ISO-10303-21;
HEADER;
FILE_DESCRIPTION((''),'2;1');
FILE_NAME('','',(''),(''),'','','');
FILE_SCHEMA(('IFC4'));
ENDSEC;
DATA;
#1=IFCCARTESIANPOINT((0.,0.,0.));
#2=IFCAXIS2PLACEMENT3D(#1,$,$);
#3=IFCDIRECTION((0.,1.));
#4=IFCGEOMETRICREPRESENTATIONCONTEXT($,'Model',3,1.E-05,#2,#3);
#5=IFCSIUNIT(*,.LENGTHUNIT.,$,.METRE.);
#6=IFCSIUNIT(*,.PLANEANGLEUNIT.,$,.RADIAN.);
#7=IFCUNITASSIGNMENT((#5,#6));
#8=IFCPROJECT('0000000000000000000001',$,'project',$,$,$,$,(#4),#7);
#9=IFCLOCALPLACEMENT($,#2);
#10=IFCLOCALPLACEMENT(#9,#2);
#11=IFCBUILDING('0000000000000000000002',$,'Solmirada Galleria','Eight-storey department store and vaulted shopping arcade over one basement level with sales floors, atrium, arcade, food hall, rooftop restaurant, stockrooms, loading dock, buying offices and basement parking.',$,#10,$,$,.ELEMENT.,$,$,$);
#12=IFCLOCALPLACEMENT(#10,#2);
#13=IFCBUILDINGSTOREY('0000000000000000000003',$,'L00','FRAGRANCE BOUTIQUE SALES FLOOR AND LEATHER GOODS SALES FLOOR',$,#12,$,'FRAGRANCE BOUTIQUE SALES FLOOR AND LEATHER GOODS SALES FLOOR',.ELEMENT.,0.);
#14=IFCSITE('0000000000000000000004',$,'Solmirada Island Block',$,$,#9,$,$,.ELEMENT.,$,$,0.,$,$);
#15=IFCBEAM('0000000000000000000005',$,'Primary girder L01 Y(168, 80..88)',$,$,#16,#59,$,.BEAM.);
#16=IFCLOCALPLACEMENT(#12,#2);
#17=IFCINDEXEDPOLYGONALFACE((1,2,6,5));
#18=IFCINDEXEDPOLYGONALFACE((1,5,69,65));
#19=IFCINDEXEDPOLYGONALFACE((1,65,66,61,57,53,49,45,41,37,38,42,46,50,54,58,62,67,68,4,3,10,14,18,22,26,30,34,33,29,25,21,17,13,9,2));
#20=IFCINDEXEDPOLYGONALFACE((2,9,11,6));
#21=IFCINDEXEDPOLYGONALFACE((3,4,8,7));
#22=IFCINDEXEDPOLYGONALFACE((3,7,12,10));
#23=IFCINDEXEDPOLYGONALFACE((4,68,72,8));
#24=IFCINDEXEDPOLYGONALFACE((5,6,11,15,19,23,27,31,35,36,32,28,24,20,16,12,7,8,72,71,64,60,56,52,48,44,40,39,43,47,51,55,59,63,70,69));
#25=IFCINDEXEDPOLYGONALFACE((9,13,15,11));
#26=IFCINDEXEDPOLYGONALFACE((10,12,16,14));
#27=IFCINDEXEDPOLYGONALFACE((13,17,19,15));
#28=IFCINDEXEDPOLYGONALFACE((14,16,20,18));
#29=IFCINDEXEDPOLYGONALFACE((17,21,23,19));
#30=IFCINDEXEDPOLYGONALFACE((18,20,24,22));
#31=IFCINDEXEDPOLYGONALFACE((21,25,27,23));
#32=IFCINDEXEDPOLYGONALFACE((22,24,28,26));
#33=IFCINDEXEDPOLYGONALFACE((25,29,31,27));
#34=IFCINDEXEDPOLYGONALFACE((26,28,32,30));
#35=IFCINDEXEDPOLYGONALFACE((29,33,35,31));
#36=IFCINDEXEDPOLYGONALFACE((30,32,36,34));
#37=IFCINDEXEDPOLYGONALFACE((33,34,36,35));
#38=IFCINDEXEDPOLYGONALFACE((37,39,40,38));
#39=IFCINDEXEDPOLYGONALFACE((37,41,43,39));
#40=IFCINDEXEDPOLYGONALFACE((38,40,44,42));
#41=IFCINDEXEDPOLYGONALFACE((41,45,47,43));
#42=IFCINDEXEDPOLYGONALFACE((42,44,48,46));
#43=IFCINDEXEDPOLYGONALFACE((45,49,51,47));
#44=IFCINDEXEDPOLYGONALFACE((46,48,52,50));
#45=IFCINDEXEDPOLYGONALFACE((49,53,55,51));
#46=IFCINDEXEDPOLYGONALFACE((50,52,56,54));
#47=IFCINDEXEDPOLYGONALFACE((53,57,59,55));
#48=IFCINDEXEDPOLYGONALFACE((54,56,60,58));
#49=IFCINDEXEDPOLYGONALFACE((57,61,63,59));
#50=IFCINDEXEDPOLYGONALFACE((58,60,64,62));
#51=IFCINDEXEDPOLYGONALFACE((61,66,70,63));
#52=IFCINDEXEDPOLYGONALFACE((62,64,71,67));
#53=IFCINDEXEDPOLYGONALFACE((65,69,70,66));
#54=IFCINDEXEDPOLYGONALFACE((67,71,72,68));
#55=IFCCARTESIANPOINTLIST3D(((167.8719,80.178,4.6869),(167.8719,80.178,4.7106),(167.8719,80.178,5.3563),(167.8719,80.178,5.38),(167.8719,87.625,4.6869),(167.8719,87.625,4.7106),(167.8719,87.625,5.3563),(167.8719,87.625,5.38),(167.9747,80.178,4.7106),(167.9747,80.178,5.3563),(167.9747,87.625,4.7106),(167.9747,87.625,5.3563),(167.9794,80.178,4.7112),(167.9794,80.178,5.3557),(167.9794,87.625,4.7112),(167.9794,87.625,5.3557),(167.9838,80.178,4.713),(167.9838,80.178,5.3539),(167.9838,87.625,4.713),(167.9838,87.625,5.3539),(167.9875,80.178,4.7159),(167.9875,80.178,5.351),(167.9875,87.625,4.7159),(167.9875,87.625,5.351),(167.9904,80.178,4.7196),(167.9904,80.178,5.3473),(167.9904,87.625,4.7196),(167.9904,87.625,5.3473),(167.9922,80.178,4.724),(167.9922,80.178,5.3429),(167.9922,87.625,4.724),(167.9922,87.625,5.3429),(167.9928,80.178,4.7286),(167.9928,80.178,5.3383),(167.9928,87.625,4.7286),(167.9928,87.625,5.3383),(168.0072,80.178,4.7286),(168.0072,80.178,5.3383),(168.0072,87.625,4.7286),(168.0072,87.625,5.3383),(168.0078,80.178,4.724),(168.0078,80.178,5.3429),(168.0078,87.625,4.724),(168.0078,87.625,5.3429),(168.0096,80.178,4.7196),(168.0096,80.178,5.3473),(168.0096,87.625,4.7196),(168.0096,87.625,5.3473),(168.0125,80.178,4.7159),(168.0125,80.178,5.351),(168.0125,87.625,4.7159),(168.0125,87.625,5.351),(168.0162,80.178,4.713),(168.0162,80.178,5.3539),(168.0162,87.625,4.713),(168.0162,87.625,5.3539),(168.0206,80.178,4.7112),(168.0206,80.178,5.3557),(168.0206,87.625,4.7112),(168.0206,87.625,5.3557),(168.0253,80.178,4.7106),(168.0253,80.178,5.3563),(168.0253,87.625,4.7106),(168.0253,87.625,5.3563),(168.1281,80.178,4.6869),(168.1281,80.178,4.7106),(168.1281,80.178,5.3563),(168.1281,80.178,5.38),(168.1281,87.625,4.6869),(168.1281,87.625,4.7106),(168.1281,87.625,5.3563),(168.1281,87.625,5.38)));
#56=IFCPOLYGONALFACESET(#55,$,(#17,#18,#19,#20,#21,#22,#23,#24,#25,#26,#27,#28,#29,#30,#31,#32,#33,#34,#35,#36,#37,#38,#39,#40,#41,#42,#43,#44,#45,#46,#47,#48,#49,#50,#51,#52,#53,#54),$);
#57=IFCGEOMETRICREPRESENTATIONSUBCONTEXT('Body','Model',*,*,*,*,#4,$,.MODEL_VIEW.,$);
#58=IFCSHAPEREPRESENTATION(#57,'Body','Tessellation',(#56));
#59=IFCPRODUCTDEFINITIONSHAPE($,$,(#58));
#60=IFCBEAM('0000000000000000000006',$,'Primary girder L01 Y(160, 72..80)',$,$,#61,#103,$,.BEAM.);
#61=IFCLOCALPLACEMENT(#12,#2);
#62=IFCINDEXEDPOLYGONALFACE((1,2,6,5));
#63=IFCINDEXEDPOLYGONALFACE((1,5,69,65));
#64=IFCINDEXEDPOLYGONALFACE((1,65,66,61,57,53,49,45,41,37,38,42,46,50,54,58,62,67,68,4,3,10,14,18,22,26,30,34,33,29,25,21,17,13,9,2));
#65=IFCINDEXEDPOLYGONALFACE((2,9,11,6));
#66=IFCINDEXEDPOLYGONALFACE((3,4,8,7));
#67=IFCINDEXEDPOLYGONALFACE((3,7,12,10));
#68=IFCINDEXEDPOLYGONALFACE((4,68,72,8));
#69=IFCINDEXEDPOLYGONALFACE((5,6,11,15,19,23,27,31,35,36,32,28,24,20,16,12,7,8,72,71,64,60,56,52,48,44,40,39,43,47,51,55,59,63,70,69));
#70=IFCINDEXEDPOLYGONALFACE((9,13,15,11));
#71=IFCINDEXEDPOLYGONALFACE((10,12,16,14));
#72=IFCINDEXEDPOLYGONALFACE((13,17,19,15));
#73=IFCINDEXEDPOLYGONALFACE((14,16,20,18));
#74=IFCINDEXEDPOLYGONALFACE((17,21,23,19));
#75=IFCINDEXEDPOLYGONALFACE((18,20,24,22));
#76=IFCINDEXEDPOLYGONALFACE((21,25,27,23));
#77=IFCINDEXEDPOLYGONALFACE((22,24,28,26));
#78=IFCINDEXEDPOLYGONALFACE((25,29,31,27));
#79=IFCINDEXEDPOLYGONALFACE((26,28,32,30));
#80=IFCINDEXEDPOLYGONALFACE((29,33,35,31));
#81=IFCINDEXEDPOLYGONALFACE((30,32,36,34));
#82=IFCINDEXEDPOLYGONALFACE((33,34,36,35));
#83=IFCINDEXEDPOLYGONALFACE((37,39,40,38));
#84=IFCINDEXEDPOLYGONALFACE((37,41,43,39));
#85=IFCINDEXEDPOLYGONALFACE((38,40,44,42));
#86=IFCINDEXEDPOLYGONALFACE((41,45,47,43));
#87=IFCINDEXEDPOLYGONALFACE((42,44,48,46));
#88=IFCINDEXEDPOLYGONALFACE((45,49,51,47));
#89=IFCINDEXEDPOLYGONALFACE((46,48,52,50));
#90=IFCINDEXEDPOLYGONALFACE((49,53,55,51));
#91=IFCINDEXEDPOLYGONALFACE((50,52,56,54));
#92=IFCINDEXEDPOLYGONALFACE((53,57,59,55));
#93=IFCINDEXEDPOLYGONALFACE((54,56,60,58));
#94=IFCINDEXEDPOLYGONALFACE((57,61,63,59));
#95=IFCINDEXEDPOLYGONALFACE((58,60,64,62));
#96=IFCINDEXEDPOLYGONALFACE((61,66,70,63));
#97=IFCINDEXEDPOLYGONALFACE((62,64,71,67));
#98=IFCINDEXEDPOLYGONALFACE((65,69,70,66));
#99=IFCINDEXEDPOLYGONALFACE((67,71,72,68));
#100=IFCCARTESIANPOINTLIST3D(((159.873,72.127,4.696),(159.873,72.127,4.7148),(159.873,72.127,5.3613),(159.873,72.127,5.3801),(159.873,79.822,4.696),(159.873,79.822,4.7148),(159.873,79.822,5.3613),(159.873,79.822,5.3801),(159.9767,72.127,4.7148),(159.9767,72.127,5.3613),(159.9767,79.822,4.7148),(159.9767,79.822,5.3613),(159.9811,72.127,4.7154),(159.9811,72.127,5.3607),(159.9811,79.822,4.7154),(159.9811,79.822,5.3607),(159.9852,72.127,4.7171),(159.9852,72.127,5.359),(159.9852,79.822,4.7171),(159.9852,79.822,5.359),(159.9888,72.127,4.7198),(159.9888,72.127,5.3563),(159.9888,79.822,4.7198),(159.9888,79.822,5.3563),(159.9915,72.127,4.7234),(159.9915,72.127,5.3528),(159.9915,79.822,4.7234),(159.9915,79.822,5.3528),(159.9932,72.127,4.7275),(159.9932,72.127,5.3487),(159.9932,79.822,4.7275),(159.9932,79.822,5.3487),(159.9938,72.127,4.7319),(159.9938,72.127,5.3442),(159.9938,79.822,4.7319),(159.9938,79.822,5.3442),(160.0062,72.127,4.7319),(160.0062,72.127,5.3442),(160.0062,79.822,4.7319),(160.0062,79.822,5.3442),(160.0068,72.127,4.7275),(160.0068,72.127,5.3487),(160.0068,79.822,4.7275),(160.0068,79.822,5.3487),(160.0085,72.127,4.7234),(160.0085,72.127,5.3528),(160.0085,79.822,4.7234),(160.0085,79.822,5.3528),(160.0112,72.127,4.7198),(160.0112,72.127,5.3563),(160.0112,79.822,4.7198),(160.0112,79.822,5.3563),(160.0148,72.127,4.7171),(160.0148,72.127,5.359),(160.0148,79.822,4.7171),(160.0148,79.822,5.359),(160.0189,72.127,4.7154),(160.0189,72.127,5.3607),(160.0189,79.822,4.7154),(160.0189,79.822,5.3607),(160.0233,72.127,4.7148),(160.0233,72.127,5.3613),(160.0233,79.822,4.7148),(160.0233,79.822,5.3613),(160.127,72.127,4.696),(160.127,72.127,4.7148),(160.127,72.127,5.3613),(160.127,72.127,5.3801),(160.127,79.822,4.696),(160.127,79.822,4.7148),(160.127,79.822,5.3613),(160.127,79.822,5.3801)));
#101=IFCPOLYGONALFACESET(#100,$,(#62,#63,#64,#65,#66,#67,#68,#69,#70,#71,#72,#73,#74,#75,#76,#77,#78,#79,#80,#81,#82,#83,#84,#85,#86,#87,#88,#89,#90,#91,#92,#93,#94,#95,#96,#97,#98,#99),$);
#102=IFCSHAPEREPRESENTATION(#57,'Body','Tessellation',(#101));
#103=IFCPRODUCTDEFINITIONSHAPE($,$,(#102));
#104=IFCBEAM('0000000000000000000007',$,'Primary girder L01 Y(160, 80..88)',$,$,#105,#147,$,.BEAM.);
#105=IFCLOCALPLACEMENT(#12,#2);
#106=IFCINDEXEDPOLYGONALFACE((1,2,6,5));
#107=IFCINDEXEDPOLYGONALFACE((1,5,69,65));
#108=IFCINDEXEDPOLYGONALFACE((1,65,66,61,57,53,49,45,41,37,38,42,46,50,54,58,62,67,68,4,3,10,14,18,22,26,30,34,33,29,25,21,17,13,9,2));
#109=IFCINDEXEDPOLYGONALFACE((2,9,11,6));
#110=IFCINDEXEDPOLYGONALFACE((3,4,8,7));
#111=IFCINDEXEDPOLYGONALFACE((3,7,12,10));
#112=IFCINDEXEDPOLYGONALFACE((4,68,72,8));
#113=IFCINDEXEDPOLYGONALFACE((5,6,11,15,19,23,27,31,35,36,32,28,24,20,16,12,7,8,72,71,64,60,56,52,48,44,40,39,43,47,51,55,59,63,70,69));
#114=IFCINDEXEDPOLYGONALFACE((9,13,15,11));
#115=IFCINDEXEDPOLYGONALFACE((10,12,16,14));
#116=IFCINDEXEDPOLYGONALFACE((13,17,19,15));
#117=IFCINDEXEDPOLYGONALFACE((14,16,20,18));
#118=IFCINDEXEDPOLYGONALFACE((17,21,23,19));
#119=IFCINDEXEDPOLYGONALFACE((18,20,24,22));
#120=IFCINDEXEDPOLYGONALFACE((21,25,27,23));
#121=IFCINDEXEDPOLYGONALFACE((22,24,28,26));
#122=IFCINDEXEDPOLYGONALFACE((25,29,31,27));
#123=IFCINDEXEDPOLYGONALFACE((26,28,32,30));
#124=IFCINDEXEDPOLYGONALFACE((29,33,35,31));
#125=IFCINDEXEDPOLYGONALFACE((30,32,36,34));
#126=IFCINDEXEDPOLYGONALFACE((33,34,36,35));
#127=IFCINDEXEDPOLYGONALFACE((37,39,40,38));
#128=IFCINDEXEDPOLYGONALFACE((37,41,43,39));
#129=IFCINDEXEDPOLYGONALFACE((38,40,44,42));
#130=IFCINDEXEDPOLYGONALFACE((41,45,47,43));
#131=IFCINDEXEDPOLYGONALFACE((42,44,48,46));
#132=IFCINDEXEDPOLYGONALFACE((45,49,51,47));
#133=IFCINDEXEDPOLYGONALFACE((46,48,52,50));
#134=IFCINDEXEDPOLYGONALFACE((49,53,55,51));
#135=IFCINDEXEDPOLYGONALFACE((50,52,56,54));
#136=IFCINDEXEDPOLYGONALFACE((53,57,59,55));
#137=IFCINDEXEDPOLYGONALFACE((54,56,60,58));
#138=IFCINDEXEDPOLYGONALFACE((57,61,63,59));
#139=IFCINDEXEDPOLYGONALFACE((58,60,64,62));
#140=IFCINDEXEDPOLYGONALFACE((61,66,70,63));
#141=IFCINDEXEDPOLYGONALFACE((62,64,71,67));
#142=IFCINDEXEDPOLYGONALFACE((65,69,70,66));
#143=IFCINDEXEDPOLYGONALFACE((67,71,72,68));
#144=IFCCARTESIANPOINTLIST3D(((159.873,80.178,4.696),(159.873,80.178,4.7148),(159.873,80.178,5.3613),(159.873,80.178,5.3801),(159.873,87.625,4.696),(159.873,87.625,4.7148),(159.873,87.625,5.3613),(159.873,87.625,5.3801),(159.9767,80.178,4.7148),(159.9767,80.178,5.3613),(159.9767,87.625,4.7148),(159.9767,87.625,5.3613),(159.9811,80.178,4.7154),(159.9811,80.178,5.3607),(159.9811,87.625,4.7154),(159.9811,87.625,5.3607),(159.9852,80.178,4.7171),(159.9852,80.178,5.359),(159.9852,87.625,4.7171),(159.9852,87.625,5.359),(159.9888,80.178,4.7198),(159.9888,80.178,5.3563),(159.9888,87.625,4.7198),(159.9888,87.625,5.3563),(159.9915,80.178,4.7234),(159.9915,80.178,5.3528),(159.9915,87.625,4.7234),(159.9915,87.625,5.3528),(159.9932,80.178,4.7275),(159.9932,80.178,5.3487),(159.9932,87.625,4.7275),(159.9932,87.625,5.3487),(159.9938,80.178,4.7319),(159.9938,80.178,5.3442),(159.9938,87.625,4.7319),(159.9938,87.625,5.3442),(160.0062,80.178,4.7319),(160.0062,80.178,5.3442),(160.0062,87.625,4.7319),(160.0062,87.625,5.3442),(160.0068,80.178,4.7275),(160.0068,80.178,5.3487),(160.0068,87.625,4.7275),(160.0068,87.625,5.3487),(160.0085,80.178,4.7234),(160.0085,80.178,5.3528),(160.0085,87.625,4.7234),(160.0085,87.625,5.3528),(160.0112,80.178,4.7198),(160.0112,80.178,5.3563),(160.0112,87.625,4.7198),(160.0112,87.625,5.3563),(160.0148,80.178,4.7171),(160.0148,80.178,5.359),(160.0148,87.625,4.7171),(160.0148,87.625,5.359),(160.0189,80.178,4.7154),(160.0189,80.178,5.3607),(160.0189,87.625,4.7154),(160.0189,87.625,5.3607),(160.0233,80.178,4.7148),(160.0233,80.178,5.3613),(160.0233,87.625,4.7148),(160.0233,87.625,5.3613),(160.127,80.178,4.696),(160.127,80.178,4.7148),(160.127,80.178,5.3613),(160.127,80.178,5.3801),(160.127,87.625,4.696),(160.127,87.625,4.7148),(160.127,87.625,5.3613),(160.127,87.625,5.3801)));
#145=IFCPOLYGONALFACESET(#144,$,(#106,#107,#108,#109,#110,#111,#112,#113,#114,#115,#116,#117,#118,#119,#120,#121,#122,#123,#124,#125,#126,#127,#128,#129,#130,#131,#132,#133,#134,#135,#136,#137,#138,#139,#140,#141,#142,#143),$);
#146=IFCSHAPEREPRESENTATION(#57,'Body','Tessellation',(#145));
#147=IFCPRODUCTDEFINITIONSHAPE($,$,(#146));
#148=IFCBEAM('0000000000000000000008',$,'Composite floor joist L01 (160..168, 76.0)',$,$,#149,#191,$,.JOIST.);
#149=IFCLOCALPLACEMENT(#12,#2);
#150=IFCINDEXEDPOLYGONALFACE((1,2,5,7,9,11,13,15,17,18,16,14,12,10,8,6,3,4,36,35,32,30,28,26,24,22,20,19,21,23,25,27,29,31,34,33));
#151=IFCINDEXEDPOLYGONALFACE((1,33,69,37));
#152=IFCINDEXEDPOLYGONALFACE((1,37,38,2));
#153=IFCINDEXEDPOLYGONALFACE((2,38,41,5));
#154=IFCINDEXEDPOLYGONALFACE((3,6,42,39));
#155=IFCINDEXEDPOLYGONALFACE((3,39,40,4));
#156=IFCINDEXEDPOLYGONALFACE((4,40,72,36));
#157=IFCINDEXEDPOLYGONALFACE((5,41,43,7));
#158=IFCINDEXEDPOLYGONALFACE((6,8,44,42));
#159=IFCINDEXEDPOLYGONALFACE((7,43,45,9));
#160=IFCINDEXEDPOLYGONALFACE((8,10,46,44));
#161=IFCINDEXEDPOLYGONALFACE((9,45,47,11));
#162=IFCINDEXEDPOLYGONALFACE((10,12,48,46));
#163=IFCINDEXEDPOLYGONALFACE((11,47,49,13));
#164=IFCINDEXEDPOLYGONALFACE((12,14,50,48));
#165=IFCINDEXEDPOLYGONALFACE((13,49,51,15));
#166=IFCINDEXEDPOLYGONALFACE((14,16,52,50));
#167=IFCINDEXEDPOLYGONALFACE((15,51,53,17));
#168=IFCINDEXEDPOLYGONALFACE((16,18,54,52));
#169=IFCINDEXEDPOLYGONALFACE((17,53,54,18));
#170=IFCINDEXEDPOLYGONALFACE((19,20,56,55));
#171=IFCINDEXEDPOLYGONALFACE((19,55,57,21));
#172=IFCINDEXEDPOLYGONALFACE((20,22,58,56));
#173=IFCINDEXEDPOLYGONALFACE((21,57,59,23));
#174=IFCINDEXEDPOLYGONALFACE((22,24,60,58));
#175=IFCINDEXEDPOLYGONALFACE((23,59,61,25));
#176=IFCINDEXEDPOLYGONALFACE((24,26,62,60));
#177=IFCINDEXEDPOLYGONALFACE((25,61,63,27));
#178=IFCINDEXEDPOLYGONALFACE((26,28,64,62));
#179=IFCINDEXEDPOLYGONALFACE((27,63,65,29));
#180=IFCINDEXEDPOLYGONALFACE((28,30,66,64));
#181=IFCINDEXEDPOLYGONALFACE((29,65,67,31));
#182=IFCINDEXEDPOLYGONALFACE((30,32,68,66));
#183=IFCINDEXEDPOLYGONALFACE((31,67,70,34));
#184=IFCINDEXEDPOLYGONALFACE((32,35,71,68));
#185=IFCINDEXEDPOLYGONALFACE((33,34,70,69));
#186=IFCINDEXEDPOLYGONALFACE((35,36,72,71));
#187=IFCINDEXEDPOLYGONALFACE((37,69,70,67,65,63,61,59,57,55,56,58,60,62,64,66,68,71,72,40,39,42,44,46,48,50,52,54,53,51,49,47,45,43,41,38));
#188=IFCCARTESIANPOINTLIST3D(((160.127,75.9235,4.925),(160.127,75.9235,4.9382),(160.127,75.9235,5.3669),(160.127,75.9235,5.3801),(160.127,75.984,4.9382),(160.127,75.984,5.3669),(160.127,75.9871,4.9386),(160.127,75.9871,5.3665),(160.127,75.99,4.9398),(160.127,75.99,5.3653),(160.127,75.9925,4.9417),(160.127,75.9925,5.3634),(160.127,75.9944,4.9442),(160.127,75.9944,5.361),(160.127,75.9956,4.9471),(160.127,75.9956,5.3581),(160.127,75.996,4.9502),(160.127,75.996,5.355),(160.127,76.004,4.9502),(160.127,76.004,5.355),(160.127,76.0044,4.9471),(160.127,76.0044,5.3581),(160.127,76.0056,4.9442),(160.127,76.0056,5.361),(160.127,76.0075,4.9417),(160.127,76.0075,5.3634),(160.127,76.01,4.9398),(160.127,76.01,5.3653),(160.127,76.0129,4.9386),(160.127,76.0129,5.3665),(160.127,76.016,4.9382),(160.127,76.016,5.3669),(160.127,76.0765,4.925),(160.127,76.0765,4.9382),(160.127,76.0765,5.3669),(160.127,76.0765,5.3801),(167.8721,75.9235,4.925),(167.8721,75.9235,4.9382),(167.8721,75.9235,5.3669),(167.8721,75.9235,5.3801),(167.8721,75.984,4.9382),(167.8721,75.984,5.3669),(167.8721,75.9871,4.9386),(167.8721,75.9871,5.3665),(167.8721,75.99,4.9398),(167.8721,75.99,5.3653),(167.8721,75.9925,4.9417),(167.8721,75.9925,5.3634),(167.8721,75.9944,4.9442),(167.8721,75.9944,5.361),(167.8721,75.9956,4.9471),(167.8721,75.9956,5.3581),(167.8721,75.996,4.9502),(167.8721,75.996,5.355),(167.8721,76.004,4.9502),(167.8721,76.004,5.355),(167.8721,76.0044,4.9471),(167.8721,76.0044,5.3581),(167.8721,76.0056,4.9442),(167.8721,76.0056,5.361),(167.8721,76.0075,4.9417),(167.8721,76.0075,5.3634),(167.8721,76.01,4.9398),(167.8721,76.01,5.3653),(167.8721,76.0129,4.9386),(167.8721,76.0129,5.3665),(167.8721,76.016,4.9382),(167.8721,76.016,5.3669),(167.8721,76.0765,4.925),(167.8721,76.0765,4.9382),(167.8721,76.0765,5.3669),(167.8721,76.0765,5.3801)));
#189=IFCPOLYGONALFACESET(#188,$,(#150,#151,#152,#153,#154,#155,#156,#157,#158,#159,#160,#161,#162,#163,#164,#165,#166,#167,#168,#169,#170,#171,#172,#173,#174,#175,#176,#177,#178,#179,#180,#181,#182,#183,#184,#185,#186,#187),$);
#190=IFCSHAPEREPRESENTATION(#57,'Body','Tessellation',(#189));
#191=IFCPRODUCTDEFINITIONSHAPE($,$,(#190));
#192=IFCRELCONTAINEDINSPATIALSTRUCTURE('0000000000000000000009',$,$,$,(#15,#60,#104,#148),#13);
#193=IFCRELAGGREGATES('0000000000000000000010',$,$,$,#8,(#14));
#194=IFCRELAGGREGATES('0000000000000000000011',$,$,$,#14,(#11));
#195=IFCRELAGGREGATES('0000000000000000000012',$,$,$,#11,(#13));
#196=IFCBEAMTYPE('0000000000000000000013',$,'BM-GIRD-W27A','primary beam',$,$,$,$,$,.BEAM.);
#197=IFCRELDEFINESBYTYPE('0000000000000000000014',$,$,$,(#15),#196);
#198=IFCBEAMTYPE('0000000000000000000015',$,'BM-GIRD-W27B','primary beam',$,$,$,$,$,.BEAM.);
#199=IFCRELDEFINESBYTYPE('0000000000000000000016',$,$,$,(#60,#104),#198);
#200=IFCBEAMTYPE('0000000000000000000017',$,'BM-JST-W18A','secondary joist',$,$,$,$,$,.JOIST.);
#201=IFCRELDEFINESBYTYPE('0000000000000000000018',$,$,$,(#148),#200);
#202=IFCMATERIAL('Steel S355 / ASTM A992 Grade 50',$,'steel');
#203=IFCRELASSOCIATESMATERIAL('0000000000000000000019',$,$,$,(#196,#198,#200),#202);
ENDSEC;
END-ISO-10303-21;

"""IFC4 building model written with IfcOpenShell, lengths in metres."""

from ifc_helpers import new_model, si_unit, direction, frame, origin, origin_2d, place, context, subcontext, project, spatial, i_section, extrude, material, material_profile, profile_set, type_object, element, save


model = new_model("IFC4")

# Units and contexts
model_context = context("Model", 3, precision=1e-05, world=origin(), true_north=direction((0.0, 1.0)))
body_context = subcontext(model_context, "Body", "Model", "MODEL_VIEW")
ifc_project = project(units=[si_unit("LENGTHUNIT", "METRE"), si_unit("PLANEANGLEUNIT", "RADIAN")], contexts=[model_context])

# Site, building, storey
site_placement = place(None, origin())
site = spatial("IfcSite", under=ifc_project, at=site_placement, Name="Solmirada Island Block", CompositionType="ELEMENT", RefElevation=0.0)
building_placement = place(site_placement, origin())
building = spatial("IfcBuilding", under=site, at=building_placement, Name="Solmirada Galleria", Description="Eight-storey department store and vaulted shopping arcade over one basement level with sales floors, atrium, arcade, food hall, rooftop restaurant, stockrooms, loading dock, buying offices and basement parking.", CompositionType="ELEMENT")
storey_placement = place(building_placement, origin())
storey = spatial("IfcBuildingStorey", under=building, at=storey_placement, Name="L00", Description="FRAGRANCE BOUTIQUE SALES FLOOR AND LEATHER GOODS SALES FLOOR", LongName="FRAGRANCE BOUTIQUE SALES FLOOR AND LEATHER GOODS SALES FLOOR", CompositionType="ELEMENT", Elevation=0.0)

# Beams
ifc_material_1 = material(Name="Steel S355 / ASTM A992 Grade 50", Category="steel")
ifc_material_profile_1 = material_profile(ifc_material_1, i_section(OverallWidth=0.2561, OverallDepth=0.6931, WebThickness=0.0144, FlangeThickness=0.0237, FilletRadius=0.0181, at=origin_2d()), Name="W27X114")
ifc_profile_set_1 = profile_set([ifc_material_profile_1], Name="Steel S355 / ASTM A992 Grade 50")
beam_type_1 = type_object("IfcBeamType", Name="BM-GIRD-W27A", Description="primary beam", PredefinedType="BEAM", material=ifc_profile_set_1)
beam_1_placement = place(storey_placement, frame((168.0, 80.178, 5.0334), z_axis=(0.0, 1.0, 0.0), x_axis=(-1.0, 0.0, 0.0)))
element("IfcBeam", 1, at=beam_1_placement, inside=storey, type_object=beam_type_1, Name="Primary girder L01 Y(168, 80..88)", PredefinedType="BEAM", context=body_context, shape_type="SweptSolid", body=[
    extrude(i_section(OverallWidth=0.2561, OverallDepth=0.6931, WebThickness=0.0144, FlangeThickness=0.0237, FilletRadius=0.0181, at=origin_2d()), origin(), (0.0, 0.0, 1.0), 7.447),
])
ifc_material_profile_2 = material_profile(ifc_material_1, i_section(OverallWidth=0.2539, OverallDepth=0.6841, WebThickness=0.0125, FlangeThickness=0.0188, FilletRadius=0.0171, at=origin_2d()), Name="W27X94")
ifc_profile_set_2 = profile_set([ifc_material_profile_2], Name="Steel S355 / ASTM A992 Grade 50")
beam_type_2 = type_object("IfcBeamType", Name="BM-GIRD-W27B", Description="primary beam", PredefinedType="BEAM", material=ifc_profile_set_2)
beam_2_placement = place(storey_placement, frame((160.0, 72.127, 5.0381), z_axis=(0.0, 1.0, 0.0), x_axis=(-1.0, 0.0, 0.0)))
element("IfcBeam", 2, at=beam_2_placement, inside=storey, type_object=beam_type_2, Name="Primary girder L01 Y(160, 72..80)", PredefinedType="BEAM", context=body_context, shape_type="SweptSolid", body=[
    extrude(i_section(OverallWidth=0.2539, OverallDepth=0.6841, WebThickness=0.0125, FlangeThickness=0.0188, FilletRadius=0.0171, at=origin_2d()), origin(), (0.0, 0.0, 1.0), 7.6951),
])
beam_3_placement = place(storey_placement, frame((160.0, 80.178, 5.0381), z_axis=(0.0, 1.0, 0.0), x_axis=(-1.0, 0.0, 0.0)))
element("IfcBeam", 3, at=beam_3_placement, inside=storey, type_object=beam_type_2, Name="Primary girder L01 Y(160, 80..88)", PredefinedType="BEAM", context=body_context, shape_type="SweptSolid", body=[
    extrude(i_section(OverallWidth=0.2539, OverallDepth=0.6841, WebThickness=0.0125, FlangeThickness=0.0188, FilletRadius=0.0171, at=origin_2d()), origin(), (0.0, 0.0, 1.0), 7.447),
])
ifc_material_profile_3 = material_profile(ifc_material_1, i_section(OverallWidth=0.1531, OverallDepth=0.4551, WebThickness=0.0081, FlangeThickness=0.0132, FilletRadius=0.012, at=origin_2d()), Name="W18X40")
ifc_profile_set_3 = profile_set([ifc_material_profile_3], Name="Steel S355 / ASTM A992 Grade 50")
beam_type_3 = type_object("IfcBeamType", Name="BM-JST-W18A", Description="secondary joist", PredefinedType="JOIST", material=ifc_profile_set_3)
for number, where, z_axis, x_axis, name in (
    (4, (160.127, 76.0, 5.1526), (1.0, 0.0, 0.0), (0.0, 1.0, 0.0), "Composite floor joist L01 (160..168, 76.0)"),
):
    element("IfcBeam", number, at=place(storey_placement, frame(where, z_axis=z_axis, x_axis=x_axis)), inside=storey, type_object=beam_type_3, Name=name, PredefinedType="JOIST", context=body_context, shape_type="SweptSolid", body=[
        extrude(i_section(OverallWidth=0.1531, OverallDepth=0.4551, WebThickness=0.0081, FlangeThickness=0.0132, FilletRadius=0.012, at=origin_2d()), origin(), (0.0, 0.0, 1.0), 7.7451),
    ])

save(model, "model.ifc")
